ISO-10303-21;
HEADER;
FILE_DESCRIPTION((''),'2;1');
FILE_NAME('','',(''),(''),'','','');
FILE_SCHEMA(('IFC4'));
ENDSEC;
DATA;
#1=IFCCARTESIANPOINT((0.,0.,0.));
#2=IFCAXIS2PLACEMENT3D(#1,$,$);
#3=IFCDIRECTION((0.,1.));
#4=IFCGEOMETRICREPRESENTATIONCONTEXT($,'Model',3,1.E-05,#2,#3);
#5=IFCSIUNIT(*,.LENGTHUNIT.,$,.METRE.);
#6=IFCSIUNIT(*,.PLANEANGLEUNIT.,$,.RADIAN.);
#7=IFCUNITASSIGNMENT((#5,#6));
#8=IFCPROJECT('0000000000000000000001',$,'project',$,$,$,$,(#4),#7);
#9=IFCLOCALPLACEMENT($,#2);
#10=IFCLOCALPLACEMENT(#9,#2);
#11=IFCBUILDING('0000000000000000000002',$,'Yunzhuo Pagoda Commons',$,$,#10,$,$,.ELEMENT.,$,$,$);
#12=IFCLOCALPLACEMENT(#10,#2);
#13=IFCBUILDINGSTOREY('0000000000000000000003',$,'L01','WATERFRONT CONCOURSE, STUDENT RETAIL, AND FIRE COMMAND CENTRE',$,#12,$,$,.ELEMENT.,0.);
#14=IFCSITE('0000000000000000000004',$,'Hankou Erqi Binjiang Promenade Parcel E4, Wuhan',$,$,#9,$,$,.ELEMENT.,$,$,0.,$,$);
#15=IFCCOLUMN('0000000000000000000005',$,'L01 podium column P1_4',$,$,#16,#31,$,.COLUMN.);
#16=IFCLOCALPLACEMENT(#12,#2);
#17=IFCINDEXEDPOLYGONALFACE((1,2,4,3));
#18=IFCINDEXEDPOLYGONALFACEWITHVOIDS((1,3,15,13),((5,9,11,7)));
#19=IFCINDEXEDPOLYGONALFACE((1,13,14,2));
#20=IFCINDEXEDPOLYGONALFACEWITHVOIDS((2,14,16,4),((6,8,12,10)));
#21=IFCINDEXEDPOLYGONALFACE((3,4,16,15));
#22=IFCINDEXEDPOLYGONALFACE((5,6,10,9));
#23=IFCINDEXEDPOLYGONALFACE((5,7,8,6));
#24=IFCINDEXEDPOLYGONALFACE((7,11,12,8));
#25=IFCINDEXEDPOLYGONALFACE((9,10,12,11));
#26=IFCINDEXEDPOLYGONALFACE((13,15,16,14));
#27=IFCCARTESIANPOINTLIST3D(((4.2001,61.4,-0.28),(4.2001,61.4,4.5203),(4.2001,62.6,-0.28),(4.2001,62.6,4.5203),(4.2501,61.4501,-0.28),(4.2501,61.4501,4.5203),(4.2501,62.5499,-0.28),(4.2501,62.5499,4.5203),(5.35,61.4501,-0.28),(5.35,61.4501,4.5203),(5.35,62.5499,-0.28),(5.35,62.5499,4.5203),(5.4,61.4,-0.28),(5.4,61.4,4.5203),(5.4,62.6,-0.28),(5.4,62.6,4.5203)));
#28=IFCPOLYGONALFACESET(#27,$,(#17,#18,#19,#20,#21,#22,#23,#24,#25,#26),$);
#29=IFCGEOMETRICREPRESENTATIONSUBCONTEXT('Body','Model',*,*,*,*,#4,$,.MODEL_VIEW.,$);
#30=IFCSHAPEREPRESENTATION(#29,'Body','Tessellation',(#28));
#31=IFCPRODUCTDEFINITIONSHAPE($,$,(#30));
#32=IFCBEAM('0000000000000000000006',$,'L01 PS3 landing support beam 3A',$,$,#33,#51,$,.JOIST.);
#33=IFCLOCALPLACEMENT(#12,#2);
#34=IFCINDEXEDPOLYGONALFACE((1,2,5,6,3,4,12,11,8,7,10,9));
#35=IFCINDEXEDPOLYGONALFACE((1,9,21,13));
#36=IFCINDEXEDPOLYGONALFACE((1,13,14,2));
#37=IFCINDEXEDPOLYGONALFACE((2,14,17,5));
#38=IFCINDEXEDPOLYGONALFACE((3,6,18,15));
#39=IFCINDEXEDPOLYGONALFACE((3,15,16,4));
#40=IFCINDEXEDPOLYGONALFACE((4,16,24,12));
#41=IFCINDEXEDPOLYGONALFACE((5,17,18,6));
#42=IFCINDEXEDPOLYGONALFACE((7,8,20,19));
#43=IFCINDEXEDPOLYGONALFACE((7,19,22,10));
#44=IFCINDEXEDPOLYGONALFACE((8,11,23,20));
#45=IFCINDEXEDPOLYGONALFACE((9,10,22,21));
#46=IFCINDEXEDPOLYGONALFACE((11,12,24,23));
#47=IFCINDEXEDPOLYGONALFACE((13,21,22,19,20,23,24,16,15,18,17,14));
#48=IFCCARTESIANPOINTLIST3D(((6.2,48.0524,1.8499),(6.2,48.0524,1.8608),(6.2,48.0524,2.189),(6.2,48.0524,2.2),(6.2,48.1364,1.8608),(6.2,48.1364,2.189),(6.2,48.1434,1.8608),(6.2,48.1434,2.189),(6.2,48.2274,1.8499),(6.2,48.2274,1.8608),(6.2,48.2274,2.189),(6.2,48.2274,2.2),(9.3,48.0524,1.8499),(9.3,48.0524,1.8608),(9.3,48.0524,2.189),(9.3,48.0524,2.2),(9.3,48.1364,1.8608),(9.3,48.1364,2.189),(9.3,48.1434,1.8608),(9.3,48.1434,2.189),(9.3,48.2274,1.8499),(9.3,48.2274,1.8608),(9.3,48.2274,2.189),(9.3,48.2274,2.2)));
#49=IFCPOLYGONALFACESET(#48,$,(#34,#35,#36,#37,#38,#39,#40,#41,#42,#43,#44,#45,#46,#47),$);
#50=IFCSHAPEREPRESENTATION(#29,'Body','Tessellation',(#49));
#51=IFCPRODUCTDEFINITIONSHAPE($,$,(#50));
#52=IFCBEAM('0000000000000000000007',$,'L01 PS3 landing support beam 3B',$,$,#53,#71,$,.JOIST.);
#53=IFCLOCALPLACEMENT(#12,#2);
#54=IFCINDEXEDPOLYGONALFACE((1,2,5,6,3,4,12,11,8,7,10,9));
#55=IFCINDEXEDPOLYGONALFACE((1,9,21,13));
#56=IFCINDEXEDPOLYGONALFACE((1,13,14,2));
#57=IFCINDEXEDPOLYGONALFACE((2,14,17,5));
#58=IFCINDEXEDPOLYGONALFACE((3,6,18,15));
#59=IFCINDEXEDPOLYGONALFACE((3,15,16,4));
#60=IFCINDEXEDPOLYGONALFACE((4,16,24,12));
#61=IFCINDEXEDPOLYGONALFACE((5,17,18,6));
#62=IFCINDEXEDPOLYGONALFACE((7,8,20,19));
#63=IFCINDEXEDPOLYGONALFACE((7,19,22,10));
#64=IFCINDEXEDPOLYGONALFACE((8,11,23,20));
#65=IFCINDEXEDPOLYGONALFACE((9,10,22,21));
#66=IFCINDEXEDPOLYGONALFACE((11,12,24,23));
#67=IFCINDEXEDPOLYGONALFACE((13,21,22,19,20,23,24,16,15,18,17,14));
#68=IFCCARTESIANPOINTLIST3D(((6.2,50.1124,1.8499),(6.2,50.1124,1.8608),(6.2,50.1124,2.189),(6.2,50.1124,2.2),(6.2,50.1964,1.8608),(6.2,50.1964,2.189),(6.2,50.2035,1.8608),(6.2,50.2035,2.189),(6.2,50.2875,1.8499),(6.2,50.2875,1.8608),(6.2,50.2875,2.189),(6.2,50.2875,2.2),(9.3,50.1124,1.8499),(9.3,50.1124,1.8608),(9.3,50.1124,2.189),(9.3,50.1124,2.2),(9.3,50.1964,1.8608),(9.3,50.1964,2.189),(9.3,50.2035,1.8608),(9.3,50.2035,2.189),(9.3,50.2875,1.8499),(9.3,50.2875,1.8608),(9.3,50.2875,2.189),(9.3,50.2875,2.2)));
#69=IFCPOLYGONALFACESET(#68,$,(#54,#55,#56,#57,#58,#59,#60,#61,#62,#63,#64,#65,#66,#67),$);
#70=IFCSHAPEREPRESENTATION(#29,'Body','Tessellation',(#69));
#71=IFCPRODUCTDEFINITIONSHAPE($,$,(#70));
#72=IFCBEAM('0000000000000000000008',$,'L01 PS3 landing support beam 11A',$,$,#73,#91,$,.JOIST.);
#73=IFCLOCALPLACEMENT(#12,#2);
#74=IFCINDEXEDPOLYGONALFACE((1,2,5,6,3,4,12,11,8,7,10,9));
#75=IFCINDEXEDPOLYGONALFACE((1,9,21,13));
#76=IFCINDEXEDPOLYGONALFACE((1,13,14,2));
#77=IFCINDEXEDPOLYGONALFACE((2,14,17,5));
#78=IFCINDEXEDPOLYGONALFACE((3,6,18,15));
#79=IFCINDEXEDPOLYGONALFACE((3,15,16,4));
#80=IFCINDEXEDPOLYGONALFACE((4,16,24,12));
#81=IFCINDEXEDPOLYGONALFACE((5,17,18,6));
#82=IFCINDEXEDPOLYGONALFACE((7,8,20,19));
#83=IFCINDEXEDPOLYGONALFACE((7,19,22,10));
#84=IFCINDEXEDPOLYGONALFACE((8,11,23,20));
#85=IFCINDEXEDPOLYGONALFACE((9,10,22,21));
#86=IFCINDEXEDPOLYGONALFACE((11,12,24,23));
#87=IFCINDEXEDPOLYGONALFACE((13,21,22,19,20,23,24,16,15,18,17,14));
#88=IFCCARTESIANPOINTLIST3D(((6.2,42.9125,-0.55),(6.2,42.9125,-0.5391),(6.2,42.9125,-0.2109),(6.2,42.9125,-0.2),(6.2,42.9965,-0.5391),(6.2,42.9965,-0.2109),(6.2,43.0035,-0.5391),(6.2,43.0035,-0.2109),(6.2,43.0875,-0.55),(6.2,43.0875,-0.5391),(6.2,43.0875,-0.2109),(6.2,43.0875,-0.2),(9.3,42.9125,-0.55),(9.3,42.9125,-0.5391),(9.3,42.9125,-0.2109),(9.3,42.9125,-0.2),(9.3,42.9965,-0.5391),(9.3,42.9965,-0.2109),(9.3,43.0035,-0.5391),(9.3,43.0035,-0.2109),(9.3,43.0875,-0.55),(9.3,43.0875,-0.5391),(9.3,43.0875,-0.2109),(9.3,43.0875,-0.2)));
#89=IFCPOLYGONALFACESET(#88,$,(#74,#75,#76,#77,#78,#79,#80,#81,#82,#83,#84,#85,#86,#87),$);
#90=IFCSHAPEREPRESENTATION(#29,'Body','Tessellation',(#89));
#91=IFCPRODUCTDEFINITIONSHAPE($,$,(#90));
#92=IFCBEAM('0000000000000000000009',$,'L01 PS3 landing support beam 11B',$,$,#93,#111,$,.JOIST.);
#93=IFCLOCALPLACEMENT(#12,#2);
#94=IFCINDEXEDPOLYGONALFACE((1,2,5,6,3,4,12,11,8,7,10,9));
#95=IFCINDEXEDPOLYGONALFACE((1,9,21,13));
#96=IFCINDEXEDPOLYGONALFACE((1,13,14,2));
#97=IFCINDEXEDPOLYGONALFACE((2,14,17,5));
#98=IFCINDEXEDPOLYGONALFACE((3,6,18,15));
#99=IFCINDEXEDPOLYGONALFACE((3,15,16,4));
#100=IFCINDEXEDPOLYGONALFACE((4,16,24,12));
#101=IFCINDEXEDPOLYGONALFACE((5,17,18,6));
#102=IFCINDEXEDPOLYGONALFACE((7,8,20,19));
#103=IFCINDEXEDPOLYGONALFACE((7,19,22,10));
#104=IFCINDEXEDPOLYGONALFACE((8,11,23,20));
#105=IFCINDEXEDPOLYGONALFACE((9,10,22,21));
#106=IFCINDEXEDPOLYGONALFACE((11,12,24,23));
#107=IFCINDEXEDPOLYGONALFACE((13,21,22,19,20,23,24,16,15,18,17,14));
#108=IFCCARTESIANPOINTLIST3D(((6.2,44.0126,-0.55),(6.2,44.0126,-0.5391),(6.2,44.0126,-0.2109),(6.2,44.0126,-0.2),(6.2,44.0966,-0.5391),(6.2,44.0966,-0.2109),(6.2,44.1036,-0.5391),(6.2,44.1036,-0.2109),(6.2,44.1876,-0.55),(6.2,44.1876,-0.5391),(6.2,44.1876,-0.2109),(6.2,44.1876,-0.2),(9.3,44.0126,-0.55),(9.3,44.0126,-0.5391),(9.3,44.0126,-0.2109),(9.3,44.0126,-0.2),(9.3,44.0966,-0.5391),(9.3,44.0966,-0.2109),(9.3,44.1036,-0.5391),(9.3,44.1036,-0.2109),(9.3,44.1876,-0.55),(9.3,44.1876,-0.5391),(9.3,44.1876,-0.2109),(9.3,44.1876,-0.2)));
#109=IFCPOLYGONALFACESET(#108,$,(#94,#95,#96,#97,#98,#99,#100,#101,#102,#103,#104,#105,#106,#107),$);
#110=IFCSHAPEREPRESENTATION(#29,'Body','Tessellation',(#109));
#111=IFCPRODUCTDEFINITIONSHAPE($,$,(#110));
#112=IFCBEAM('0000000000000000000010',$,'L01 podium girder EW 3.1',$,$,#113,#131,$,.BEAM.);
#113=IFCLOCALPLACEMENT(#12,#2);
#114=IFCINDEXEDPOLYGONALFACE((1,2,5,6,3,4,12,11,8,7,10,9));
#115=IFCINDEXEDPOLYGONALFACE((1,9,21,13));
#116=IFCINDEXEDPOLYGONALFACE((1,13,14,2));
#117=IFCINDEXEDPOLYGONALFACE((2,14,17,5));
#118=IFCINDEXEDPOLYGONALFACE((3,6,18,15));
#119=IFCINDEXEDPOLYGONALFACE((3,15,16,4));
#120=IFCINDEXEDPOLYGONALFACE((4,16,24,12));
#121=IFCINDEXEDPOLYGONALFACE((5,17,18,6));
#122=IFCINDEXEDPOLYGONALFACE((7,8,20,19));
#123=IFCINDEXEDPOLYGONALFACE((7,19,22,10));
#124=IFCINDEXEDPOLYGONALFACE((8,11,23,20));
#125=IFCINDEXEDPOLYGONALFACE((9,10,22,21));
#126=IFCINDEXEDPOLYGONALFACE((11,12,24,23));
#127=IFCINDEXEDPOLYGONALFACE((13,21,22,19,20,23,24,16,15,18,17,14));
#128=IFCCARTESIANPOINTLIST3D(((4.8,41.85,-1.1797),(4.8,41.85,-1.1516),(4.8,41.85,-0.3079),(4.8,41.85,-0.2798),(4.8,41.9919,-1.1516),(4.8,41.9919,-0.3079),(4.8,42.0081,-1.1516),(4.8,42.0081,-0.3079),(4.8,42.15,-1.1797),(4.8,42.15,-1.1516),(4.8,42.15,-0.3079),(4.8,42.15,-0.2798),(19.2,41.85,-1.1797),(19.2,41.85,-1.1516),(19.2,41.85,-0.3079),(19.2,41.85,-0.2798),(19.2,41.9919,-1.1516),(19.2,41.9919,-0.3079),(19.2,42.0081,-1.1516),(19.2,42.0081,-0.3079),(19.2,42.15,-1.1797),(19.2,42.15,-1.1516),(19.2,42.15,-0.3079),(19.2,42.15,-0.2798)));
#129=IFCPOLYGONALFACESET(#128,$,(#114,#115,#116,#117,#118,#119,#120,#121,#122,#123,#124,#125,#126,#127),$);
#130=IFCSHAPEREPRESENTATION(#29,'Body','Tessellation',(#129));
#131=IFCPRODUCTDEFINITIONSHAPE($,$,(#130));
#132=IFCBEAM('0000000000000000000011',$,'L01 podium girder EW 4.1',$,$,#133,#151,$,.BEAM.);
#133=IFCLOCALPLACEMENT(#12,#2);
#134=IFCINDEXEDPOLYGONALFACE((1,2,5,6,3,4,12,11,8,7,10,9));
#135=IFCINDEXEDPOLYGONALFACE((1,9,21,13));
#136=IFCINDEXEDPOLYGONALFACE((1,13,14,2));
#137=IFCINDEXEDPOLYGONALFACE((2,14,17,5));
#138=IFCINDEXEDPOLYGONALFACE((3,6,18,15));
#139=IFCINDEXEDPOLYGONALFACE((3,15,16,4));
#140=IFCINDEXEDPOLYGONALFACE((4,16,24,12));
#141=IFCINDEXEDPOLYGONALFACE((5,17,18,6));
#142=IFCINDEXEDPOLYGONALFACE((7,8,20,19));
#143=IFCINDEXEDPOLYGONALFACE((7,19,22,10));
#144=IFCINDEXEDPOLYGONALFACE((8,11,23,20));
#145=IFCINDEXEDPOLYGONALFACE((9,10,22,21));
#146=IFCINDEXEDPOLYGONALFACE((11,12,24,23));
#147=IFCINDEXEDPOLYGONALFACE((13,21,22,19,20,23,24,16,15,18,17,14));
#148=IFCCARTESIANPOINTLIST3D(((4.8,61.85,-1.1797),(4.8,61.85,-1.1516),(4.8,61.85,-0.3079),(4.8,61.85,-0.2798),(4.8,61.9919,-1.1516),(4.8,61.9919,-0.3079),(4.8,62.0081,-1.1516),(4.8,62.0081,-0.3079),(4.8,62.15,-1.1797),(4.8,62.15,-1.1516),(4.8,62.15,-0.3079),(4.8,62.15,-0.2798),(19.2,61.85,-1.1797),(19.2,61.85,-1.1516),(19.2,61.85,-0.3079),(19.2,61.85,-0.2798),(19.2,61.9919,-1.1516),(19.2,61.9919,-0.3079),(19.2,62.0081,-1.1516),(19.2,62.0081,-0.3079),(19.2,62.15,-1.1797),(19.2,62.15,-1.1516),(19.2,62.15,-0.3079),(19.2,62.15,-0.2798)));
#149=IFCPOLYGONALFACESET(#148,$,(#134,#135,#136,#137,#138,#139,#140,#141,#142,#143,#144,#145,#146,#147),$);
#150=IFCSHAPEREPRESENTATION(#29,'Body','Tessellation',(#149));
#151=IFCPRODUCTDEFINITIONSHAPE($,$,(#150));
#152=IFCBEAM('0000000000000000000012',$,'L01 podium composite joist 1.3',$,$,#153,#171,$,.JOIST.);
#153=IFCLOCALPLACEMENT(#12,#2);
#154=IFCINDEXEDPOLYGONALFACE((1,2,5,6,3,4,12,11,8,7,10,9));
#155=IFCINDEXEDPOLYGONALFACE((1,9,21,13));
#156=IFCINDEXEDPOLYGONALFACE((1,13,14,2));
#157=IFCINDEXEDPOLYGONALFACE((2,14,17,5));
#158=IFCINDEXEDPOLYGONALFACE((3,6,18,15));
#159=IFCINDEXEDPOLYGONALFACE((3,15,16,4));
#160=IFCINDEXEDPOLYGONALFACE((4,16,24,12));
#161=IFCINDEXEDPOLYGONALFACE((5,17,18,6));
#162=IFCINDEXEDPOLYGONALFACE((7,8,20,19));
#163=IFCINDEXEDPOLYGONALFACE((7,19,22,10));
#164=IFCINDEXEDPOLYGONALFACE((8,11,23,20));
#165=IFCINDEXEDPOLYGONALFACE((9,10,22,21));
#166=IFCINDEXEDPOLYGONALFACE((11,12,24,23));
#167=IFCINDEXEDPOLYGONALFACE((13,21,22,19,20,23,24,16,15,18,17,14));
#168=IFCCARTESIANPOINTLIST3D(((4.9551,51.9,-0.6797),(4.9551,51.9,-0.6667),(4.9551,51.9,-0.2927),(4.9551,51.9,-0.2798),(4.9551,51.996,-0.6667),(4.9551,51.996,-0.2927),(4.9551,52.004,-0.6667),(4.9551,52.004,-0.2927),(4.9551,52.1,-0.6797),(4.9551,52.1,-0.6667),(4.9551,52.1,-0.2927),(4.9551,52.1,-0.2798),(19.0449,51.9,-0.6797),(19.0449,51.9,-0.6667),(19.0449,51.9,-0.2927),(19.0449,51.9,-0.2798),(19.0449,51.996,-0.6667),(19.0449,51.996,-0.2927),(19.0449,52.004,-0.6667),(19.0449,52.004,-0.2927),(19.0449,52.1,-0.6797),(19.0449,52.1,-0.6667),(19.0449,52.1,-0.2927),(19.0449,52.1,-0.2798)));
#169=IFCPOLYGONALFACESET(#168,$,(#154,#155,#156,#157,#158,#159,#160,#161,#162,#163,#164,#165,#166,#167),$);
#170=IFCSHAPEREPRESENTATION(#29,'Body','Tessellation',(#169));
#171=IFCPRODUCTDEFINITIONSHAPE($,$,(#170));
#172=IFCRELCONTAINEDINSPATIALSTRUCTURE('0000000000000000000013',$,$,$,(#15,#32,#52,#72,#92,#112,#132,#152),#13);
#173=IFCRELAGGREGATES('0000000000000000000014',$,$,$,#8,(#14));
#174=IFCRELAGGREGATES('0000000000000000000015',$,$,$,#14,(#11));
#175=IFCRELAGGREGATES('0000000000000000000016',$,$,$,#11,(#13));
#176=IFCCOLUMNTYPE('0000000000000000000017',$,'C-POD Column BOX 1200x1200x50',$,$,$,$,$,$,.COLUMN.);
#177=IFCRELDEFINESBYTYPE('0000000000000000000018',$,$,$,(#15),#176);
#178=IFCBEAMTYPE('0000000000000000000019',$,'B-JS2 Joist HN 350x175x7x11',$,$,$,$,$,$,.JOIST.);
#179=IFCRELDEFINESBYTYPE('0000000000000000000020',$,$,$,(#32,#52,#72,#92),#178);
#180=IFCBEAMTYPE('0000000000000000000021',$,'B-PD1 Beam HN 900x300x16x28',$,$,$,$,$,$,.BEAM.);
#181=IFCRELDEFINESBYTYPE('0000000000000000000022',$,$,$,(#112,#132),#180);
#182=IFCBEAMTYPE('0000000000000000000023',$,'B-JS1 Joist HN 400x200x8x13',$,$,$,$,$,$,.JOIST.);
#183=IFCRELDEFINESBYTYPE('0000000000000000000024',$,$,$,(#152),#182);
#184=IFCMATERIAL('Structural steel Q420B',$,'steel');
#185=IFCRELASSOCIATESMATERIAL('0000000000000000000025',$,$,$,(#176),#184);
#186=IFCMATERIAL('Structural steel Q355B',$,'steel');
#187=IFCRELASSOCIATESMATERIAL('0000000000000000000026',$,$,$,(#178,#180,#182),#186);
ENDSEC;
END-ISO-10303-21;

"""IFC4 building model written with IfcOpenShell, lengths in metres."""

from ifc_helpers import new_model, si_unit, direction, frame, origin, origin_2d, place, context, subcontext, project, spatial, hollow_rectangle, i_section, extrude, source, transform, mapped, material, material_profile, profile_set, type_object, element, save


model = new_model("IFC4")

# Units and contexts
model_context = context("Model", 3, precision=1e-05, world=origin(), true_north=direction((0.0, 1.0)))
body_context = subcontext(model_context, "Body", "Model", "MODEL_VIEW")
ifc_project = project(units=[si_unit("LENGTHUNIT", "METRE"), si_unit("PLANEANGLEUNIT", "RADIAN")], contexts=[model_context])

# Site, building, storey
site_placement = place(None, origin())
site = spatial("IfcSite", under=ifc_project, at=site_placement, Name="Hankou Erqi Binjiang Promenade Parcel E4, Wuhan", CompositionType="ELEMENT", RefElevation=0.0)
building_placement = place(site_placement, origin())
building = spatial("IfcBuilding", under=site, at=building_placement, Name="Yunzhuo Pagoda Commons", CompositionType="ELEMENT")
storey_placement = place(building_placement, origin())
storey = spatial("IfcBuildingStorey", under=building, at=storey_placement, Name="L01", Description="WATERFRONT CONCOURSE, STUDENT RETAIL, AND FIRE COMMAND CENTRE", CompositionType="ELEMENT", Elevation=0.0)

# Column
ifc_material_1 = material(Name="Structural steel Q420B", Category="steel")
ifc_material_profile_1 = material_profile(ifc_material_1, hollow_rectangle(XDim=1.2, YDim=1.2, WallThickness=0.05, at=origin_2d()), Name="Structural steel Q420B")
ifc_profile_set_1 = profile_set([ifc_material_profile_1], Name="Structural steel Q420B")
column_type = type_object("IfcColumnType", Name="C-POD Column BOX 1200x1200x50", PredefinedType="COLUMN", material=ifc_profile_set_1)
shared_shape_1 = source(origin(), body_context, "Body", "SweptSolid", [
    extrude(hollow_rectangle(XDim=1.2, YDim=1.2, WallThickness=0.05, at=origin_2d()), origin(), (0.0, 0.0, 1.0), 4.8003),
])
column_placement = place(storey_placement, frame((4.8, 62.0, -0.28), z_axis=(0.0, 0.0, 1.0), x_axis=(1.0, 0.0, 0.0)))
element("IfcColumn", 1, at=column_placement, inside=storey, type_object=column_type, Name="L01 podium column P1_4", PredefinedType="COLUMN", context=body_context, shape_type="MappedRepresentation", body=[
    mapped(shared_shape_1, transform((0.0, 0.0, 0.0), scale=1.0)),
])

# Beams
ifc_material_2 = material(Name="Structural steel Q355B", Category="steel")
ifc_material_profile_2 = material_profile(ifc_material_2, i_section(OverallWidth=0.175, OverallDepth=0.3501, WebThickness=0.0071, FlangeThickness=0.011, at=origin_2d()), Name="Structural steel Q355B")
ifc_profile_set_2 = profile_set([ifc_material_profile_2], Name="Structural steel Q355B")
beam_type_1 = type_object("IfcBeamType", Name="B-JS2 Joist HN 350x175x7x11", PredefinedType="JOIST", material=ifc_profile_set_2)
shared_shape_2 = source(origin(), body_context, "Body", "SweptSolid", [
    extrude(i_section(OverallWidth=0.175, OverallDepth=0.3501, WebThickness=0.0071, FlangeThickness=0.011, at=origin_2d()), origin(), (0.0, 0.0, 1.0), 3.1001),
])
for number, where, z_axis, x_axis, name in (
    (2, (6.2, 48.1399, 2.0249), (1.0, 0.0, 0.0), (0.0, 1.0, 0.0), "L01 PS3 landing support beam 3A"),
    (3, (6.2, 50.2, 2.0249), (1.0, 0.0, 0.0), (0.0, 1.0, 0.0), "L01 PS3 landing support beam 3B"),
    (4, (6.2, 43.0, -0.375), (1.0, 0.0, 0.0), (0.0, 1.0, 0.0), "L01 PS3 landing support beam 11A"),
    (5, (6.2, 44.1001, -0.375), (1.0, 0.0, 0.0), (0.0, 1.0, 0.0), "L01 PS3 landing support beam 11B"),
):
    element("IfcBeam", number, at=place(storey_placement, frame(where, z_axis=z_axis, x_axis=x_axis)), inside=storey, type_object=beam_type_1, Name=name, PredefinedType="JOIST", context=body_context, shape_type="MappedRepresentation", body=[
        mapped(shared_shape_2, transform((0.0, 0.0, 0.0), scale=1.0)),
    ])
ifc_material_profile_3 = material_profile(ifc_material_2, i_section(OverallWidth=0.3, OverallDepth=0.8999, WebThickness=0.0161, FlangeThickness=0.0281, at=origin_2d()), Name="Structural steel Q355B")
ifc_profile_set_3 = profile_set([ifc_material_profile_3], Name="Structural steel Q355B")
beam_type_2 = type_object("IfcBeamType", Name="B-PD1 Beam HN 900x300x16x28", PredefinedType="BEAM", material=ifc_profile_set_3)
shared_shape_3 = source(origin(), body_context, "Body", "SweptSolid", [
    extrude(i_section(OverallWidth=0.3, OverallDepth=0.8999, WebThickness=0.0161, FlangeThickness=0.0281, at=origin_2d()), origin(), (0.0, 0.0, 1.0), 14.3999),
])
for number, where, z_axis, x_axis, name in (
    (6, (4.8, 42.0, -0.7297), (1.0, 0.0, 0.0), (0.0, 1.0, 0.0), "L01 podium girder EW 3.1"),
    (7, (4.8, 62.0, -0.7297), (1.0, 0.0, 0.0), (0.0, 1.0, 0.0), "L01 podium girder EW 4.1"),
):
    element("IfcBeam", number, at=place(storey_placement, frame(where, z_axis=z_axis, x_axis=x_axis)), inside=storey, type_object=beam_type_2, Name=name, PredefinedType="BEAM", context=body_context, shape_type="MappedRepresentation", body=[
        mapped(shared_shape_3, transform((0.0, 0.0, 0.0), scale=1.0)),
    ])
ifc_material_profile_4 = material_profile(ifc_material_2, i_section(OverallWidth=0.2, OverallDepth=0.3999, WebThickness=0.0081, FlangeThickness=0.0129, at=origin_2d()), Name="Structural steel Q355B")
ifc_profile_set_4 = profile_set([ifc_material_profile_4], Name="Structural steel Q355B")
beam_type_3 = type_object("IfcBeamType", Name="B-JS1 Joist HN 400x200x8x13", PredefinedType="JOIST", material=ifc_profile_set_4)
shared_shape_4 = source(origin(), body_context, "Body", "SweptSolid", [
    extrude(i_section(OverallWidth=0.2, OverallDepth=0.3999, WebThickness=0.0081, FlangeThickness=0.0129, at=origin_2d()), origin(), (0.0, 0.0, 1.0), 14.0898),
])
beam_1_placement = place(storey_placement, frame((4.9551, 52.0, -0.4797), z_axis=(1.0, 0.0, 0.0), x_axis=(0.0, 1.0, 0.0)))
element("IfcBeam", 8, at=beam_1_placement, inside=storey, type_object=beam_type_3, Name="L01 podium composite joist 1.3", PredefinedType="JOIST", context=body_context, shape_type="MappedRepresentation", body=[
    mapped(shared_shape_4, transform((0.0, 0.0, 0.0), scale=1.0)),
])

save(model, "model.ifc")
